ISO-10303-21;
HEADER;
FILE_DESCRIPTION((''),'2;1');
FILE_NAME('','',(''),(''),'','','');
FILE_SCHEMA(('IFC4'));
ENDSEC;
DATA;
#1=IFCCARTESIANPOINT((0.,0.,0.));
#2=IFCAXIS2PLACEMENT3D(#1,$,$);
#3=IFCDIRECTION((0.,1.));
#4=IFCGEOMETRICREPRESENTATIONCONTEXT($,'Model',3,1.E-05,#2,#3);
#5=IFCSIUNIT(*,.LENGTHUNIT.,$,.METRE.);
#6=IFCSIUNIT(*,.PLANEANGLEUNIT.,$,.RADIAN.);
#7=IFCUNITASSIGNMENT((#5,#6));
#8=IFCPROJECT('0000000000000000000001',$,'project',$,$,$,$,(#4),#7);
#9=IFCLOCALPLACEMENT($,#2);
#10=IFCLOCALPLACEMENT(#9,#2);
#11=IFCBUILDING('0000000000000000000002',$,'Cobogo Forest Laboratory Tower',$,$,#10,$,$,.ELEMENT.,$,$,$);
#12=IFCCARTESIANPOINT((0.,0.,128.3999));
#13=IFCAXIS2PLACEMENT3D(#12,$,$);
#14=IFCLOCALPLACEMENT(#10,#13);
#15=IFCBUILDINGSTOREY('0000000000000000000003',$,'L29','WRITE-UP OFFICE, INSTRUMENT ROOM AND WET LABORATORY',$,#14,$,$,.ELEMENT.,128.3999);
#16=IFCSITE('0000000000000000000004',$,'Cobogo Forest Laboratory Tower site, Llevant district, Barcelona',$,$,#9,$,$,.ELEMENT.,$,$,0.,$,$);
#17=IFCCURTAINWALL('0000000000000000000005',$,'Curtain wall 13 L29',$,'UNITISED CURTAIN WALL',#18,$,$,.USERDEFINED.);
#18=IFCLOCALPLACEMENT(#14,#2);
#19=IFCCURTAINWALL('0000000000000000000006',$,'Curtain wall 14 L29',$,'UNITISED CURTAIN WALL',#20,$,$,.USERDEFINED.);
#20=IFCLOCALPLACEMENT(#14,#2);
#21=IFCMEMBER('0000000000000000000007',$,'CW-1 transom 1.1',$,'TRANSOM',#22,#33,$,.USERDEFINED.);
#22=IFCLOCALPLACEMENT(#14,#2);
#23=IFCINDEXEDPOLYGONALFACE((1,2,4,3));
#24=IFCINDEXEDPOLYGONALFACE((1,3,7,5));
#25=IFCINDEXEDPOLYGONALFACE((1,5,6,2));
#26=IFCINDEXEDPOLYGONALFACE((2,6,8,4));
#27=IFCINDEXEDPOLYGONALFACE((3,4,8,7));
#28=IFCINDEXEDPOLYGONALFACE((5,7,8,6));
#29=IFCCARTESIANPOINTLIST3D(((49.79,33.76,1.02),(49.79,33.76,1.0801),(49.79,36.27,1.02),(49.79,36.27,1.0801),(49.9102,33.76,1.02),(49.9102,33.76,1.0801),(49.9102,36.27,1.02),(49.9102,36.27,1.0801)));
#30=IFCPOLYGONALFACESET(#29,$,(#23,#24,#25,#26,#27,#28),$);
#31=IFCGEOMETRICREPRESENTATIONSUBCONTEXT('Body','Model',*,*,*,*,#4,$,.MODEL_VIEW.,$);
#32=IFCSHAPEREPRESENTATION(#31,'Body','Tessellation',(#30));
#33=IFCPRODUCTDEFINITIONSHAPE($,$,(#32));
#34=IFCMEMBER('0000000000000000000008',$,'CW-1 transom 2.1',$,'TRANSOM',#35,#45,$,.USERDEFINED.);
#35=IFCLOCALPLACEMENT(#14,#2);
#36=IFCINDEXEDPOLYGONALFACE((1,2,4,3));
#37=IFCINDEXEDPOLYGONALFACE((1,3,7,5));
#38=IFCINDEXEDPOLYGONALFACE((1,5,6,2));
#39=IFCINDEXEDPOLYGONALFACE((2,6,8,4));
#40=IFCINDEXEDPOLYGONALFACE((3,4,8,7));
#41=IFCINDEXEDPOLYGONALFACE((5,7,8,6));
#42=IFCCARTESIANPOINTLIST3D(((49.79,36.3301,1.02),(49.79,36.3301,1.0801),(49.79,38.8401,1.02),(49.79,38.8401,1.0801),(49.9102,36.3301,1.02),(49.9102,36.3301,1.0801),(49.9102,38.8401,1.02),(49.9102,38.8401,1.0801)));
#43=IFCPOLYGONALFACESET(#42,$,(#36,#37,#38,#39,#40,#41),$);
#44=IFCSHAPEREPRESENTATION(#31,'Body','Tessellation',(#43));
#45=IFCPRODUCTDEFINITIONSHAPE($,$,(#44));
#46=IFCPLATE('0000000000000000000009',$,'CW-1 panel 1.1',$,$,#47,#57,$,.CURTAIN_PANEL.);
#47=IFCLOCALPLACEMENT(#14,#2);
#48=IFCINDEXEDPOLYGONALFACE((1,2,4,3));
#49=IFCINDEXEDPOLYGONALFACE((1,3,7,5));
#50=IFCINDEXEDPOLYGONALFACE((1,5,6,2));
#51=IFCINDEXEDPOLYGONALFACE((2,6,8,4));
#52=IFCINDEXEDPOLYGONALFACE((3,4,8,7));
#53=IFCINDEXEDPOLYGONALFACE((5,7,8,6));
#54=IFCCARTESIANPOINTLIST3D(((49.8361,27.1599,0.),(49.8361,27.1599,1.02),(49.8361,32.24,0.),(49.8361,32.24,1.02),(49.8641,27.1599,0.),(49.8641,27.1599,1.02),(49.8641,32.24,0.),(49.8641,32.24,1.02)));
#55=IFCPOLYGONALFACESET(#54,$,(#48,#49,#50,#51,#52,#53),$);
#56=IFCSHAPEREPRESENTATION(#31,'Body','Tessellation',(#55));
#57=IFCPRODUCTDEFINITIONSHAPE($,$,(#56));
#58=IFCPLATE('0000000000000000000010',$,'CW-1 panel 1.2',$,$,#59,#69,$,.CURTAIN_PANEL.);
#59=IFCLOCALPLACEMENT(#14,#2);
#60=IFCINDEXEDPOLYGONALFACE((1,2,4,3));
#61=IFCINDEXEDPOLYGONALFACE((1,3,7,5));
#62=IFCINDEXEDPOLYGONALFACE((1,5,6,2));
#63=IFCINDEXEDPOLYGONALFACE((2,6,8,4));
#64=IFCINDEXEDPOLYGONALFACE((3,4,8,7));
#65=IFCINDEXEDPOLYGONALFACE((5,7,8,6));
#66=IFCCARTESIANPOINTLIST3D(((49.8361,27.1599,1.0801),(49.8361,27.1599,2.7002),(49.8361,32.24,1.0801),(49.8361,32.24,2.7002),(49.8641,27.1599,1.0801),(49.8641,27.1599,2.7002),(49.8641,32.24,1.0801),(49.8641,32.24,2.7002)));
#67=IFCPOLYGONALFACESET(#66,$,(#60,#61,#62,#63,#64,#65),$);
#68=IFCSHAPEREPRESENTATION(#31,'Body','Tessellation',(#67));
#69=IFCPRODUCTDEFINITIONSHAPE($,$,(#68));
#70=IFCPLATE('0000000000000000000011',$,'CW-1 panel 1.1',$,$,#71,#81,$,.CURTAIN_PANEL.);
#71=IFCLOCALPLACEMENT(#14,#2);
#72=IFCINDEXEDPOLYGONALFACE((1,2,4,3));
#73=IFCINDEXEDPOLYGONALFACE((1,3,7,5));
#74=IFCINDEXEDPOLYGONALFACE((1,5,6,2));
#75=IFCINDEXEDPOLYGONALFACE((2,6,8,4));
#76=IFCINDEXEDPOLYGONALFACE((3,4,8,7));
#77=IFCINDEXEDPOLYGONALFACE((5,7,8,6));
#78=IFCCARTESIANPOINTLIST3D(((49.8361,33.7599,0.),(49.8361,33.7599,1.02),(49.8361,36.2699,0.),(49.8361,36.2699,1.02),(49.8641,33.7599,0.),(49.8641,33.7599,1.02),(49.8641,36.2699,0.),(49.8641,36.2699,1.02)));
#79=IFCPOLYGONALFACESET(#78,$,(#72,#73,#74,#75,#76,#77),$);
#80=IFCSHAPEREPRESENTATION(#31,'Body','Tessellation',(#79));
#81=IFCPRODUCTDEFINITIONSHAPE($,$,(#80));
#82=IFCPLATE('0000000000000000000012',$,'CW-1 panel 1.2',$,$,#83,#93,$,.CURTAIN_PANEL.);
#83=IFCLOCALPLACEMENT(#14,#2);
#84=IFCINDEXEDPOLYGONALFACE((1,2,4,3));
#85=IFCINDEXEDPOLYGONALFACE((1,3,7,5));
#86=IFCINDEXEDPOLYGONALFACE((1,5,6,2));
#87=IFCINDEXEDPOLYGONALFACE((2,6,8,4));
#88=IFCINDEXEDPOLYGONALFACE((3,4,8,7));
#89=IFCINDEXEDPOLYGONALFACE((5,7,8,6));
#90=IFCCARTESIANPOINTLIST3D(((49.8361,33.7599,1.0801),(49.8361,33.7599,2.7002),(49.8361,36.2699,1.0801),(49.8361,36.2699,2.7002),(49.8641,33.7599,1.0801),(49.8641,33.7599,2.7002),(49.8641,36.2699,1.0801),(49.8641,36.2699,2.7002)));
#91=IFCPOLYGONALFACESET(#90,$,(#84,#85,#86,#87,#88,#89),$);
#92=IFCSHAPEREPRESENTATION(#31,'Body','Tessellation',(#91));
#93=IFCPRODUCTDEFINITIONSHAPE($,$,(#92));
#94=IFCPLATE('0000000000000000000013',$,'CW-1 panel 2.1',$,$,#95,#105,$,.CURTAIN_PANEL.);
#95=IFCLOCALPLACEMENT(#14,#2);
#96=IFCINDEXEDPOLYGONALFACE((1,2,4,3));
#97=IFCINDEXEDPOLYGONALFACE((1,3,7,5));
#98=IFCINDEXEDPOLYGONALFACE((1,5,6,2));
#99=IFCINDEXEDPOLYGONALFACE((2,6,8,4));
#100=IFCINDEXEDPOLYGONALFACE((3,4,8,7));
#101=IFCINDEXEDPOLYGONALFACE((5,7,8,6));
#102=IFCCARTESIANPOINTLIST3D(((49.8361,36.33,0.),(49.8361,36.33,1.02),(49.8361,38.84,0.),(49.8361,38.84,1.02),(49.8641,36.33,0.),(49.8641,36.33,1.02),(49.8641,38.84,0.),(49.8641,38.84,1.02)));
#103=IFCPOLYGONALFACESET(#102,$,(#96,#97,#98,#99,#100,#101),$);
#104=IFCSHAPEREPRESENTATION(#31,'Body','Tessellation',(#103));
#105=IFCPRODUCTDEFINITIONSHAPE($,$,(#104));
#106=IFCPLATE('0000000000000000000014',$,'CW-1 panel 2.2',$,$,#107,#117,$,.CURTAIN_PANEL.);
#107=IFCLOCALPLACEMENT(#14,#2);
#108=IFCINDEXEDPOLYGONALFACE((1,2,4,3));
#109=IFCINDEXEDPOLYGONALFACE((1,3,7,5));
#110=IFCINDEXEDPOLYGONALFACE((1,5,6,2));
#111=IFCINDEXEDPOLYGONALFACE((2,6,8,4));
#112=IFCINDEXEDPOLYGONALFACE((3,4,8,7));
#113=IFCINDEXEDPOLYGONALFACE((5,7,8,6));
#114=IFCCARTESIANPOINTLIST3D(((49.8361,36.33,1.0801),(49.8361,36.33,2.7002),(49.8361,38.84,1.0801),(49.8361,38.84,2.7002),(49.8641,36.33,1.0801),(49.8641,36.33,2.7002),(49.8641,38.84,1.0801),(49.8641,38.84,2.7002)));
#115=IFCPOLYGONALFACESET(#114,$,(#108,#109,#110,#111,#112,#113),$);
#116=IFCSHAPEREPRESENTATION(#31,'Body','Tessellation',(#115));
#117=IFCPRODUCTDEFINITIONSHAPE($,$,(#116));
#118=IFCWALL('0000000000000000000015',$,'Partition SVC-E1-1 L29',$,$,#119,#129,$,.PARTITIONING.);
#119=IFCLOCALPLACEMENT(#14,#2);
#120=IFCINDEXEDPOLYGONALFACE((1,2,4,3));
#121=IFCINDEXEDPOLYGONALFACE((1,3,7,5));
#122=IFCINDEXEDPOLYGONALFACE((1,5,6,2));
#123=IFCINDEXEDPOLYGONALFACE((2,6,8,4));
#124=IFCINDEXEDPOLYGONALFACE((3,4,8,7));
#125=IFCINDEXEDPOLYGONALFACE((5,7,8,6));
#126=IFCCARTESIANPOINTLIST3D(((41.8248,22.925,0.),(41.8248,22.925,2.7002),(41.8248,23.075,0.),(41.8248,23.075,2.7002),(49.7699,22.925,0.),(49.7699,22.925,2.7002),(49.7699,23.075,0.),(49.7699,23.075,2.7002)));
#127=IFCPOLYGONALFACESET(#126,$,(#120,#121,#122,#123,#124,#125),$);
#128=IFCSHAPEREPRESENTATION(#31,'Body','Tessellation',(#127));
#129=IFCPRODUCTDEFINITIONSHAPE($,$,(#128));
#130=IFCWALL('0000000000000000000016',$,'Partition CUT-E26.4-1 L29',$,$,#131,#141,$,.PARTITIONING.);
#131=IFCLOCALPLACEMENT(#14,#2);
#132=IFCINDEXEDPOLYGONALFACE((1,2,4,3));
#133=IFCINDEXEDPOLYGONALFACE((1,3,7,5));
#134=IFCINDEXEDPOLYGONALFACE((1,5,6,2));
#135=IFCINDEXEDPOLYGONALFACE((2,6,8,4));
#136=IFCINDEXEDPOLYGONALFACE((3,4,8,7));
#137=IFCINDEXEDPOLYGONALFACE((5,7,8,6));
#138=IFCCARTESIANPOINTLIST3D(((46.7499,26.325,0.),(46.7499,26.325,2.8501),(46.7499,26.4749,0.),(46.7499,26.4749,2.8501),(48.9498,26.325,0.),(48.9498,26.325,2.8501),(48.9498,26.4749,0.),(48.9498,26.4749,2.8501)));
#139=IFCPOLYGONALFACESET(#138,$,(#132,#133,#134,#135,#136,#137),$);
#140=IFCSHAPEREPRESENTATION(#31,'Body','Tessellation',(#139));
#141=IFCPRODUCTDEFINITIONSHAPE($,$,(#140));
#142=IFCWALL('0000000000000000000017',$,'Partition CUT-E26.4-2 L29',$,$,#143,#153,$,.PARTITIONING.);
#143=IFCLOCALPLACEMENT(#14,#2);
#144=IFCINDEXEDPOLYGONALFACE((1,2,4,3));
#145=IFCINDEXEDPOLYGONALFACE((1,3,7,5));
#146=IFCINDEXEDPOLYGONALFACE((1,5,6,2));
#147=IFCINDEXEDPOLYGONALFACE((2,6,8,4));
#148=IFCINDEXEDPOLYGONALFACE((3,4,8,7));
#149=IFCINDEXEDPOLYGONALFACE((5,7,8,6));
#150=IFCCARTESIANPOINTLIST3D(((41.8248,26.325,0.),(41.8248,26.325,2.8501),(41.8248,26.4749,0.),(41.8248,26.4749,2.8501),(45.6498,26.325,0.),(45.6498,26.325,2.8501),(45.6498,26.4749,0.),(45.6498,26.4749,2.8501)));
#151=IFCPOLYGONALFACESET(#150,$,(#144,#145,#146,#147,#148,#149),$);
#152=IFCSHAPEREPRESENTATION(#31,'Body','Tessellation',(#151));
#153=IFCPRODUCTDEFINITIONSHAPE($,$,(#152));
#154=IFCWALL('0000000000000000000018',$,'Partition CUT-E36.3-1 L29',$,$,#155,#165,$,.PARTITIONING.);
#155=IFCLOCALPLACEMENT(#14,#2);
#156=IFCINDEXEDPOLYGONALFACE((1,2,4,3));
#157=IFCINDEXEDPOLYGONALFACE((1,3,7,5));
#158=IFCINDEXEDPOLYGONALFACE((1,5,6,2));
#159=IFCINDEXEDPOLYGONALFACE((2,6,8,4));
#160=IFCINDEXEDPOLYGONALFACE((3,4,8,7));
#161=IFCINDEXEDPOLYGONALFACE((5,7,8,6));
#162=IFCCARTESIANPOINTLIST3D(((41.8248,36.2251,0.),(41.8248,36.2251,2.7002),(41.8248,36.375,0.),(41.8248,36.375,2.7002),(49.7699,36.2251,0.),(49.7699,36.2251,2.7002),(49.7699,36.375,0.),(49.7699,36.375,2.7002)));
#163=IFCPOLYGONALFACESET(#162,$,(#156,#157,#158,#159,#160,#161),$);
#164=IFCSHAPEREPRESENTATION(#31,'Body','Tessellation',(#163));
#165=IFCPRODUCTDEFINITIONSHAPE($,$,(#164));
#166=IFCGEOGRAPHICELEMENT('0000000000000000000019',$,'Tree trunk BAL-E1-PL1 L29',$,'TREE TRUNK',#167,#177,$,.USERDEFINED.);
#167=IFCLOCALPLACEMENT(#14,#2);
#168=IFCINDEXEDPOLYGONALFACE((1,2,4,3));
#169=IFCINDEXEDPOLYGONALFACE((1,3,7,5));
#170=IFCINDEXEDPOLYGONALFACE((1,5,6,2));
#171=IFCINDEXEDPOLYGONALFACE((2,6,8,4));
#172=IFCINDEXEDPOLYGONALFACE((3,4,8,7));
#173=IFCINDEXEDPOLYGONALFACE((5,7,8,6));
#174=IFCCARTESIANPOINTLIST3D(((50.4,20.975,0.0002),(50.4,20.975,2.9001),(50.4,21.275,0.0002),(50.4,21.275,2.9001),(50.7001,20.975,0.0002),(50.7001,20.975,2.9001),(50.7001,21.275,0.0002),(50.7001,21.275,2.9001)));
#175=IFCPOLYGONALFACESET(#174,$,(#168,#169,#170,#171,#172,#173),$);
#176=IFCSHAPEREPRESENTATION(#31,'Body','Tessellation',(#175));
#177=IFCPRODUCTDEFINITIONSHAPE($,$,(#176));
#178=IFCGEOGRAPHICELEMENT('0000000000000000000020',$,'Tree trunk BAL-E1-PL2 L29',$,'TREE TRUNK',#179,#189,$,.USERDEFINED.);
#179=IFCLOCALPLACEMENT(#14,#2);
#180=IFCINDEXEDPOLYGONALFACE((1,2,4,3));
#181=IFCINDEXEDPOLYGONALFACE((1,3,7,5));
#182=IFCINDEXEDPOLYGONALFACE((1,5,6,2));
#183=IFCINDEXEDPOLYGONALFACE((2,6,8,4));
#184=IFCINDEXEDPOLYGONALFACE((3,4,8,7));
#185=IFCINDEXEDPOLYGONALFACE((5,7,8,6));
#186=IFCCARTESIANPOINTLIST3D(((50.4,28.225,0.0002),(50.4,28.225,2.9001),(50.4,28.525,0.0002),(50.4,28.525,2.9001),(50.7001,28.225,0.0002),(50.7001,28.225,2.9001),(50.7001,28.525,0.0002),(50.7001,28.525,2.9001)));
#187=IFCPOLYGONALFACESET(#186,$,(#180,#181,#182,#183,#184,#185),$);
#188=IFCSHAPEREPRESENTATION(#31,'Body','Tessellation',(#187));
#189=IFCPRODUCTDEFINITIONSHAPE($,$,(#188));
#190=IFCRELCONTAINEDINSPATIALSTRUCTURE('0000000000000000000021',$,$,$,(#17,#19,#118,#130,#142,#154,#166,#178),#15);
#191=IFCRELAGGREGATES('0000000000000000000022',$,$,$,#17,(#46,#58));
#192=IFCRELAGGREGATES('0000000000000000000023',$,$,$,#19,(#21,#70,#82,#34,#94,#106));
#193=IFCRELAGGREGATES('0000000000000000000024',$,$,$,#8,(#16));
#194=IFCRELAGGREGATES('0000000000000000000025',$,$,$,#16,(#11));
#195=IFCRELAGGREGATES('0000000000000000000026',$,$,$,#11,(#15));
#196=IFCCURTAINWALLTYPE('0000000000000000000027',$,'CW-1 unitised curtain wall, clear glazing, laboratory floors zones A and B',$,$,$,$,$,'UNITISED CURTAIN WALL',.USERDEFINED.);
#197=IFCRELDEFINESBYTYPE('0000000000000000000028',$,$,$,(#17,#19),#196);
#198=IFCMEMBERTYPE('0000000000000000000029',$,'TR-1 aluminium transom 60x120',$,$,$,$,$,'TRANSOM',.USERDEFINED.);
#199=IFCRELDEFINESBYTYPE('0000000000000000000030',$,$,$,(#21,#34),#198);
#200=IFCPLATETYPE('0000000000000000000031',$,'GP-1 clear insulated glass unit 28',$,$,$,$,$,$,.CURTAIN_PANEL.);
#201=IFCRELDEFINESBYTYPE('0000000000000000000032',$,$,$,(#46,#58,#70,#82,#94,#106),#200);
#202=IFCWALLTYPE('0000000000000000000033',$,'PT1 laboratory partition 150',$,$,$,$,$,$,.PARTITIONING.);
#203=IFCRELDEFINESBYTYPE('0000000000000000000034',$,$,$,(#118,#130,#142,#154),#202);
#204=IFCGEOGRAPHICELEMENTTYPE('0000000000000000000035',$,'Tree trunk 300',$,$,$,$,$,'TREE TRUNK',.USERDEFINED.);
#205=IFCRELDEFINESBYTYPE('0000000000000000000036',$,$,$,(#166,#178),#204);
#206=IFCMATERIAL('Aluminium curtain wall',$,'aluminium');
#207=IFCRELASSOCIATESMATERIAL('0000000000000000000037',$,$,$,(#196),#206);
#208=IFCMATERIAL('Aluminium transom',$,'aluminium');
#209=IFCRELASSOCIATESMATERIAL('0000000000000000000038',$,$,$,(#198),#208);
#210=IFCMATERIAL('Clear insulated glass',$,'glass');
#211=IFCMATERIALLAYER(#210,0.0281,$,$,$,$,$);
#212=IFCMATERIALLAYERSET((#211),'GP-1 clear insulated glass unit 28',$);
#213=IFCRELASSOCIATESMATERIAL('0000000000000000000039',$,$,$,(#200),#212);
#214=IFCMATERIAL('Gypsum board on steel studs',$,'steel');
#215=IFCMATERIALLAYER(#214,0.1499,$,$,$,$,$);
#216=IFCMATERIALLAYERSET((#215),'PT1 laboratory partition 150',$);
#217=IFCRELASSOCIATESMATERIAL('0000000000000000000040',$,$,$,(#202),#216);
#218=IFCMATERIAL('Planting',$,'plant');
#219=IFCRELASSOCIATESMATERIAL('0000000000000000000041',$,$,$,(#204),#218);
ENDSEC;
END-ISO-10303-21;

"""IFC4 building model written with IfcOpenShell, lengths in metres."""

from ifc_helpers import new_model, si_unit, direction, frame, frame_2d, origin, origin_2d, place, context, subcontext, project, spatial, rectangle, extrude, material, layer, layer_set, material_profile, profile_set, type_object, element, aggregate, save


model = new_model("IFC4")

# Units and contexts
model_context = context("Model", 3, precision=1e-05, world=origin(), true_north=direction((0.0, 1.0)))
body_context = subcontext(model_context, "Body", "Model", "MODEL_VIEW")
ifc_project = project(units=[si_unit("LENGTHUNIT", "METRE"), si_unit("PLANEANGLEUNIT", "RADIAN")], contexts=[model_context])

# Site, building, storey
site_placement = place(None, origin())
site = spatial("IfcSite", under=ifc_project, at=site_placement, Name="Cobogo Forest Laboratory Tower site, Llevant district, Barcelona", CompositionType="ELEMENT", RefElevation=0.0)
building_placement = place(site_placement, origin())
building = spatial("IfcBuilding", under=site, at=building_placement, Name="Cobogo Forest Laboratory Tower", CompositionType="ELEMENT")
storey_placement = place(building_placement, frame((0.0, 0.0, 128.3999)))
storey = spatial("IfcBuildingStorey", under=building, at=storey_placement, Name="L29", Description="WRITE-UP OFFICE, INSTRUMENT ROOM AND WET LABORATORY", CompositionType="ELEMENT", Elevation=128.3999)

# Curtain walls
ifc_material_1 = material(Name="Aluminium curtain wall", Category="aluminium")
curtain_wall_type = type_object("IfcCurtainWallType", Name="CW-1 unitised curtain wall, clear glazing, laboratory floors zones A and B", ElementType="UNITISED CURTAIN WALL", PredefinedType="USERDEFINED", material=ifc_material_1)
curtain_wall_1_placement = place(storey_placement, origin())
curtain_wall_1 = element("IfcCurtainWall", 1, at=curtain_wall_1_placement, inside=storey, type_object=curtain_wall_type, Name="Curtain wall 13 L29", ObjectType="UNITISED CURTAIN WALL", PredefinedType="USERDEFINED")
curtain_wall_2_placement = place(storey_placement, origin())
curtain_wall_2 = element("IfcCurtainWall", 2, at=curtain_wall_2_placement, inside=storey, type_object=curtain_wall_type, Name="Curtain wall 14 L29", ObjectType="UNITISED CURTAIN WALL", PredefinedType="USERDEFINED")

# Members
ifc_material_2 = material(Name="Aluminium transom", Category="aluminium")
ifc_material_profile_1 = material_profile(ifc_material_2, rectangle(XDim=0.1201, YDim=0.0601, at=origin_2d()), Name="AL 60x120")
ifc_profile_set_1 = profile_set([ifc_material_profile_1], Name="Aluminium transom")
member_type_1 = type_object("IfcMemberType", Name="TR-1 aluminium transom 60x120", ElementType="TRANSOM", PredefinedType="USERDEFINED", material=ifc_profile_set_1)
member_1_placement = place(storey_placement, frame((49.8501, 33.76, 1.05), z_axis=(0.0, 1.0, 0.0), x_axis=(-1.0, 0.0, 0.0)))
member_1 = element("IfcMember", 3, at=member_1_placement, type_object=member_type_1, Name="CW-1 transom 1.1", ObjectType="TRANSOM", PredefinedType="USERDEFINED", context=body_context, shape_type="SweptSolid", body=[
    extrude(rectangle(XDim=0.1201, YDim=0.0601, at=origin_2d()), origin(), (0.0, 0.0, 1.0), 2.51),
])
member_2_placement = place(storey_placement, frame((49.8501, 36.3301, 1.05), z_axis=(0.0, 1.0, 0.0), x_axis=(-1.0, 0.0, 0.0)))
member_2 = element("IfcMember", 4, at=member_2_placement, type_object=member_type_1, Name="CW-1 transom 2.1", ObjectType="TRANSOM", PredefinedType="USERDEFINED", context=body_context, shape_type="SweptSolid", body=[
    extrude(rectangle(XDim=0.1201, YDim=0.0601, at=origin_2d()), origin(), (0.0, 0.0, 1.0), 2.51),
])

# Plates
ifc_material_3 = material(Name="Clear insulated glass", Category="glass")
ifc_layer_1 = layer(ifc_material_3, 0.0281)
ifc_layer_set_1 = layer_set([ifc_layer_1], Name="GP-1 clear insulated glass unit 28")
plate_type_1 = type_object("IfcPlateType", Name="GP-1 clear insulated glass unit 28", PredefinedType="CURTAIN_PANEL", material=ifc_layer_set_1)
plate_1_placement = place(storey_placement, frame((49.8501, 29.7, 0.0), z_axis=(0.0, 0.0, 1.0), x_axis=(0.0, 1.0, 0.0)))
plate_1 = element("IfcPlate", 5, at=plate_1_placement, type_object=plate_type_1, Name="CW-1 panel 1.1", PredefinedType="CURTAIN_PANEL", context=body_context, shape_type="SweptSolid", body=[
    extrude(rectangle(XDim=5.0801, YDim=0.0281, at=origin_2d()), origin(), (0.0, 0.0, 1.0), 1.02),
])
plate_2_placement = place(storey_placement, frame((49.8501, 29.7, 1.0801), z_axis=(0.0, 0.0, 1.0), x_axis=(0.0, 1.0, 0.0)))
plate_2 = element("IfcPlate", 6, at=plate_2_placement, type_object=plate_type_1, Name="CW-1 panel 1.2", PredefinedType="CURTAIN_PANEL", context=body_context, shape_type="SweptSolid", body=[
    extrude(rectangle(XDim=5.0801, YDim=0.0281, at=origin_2d()), origin(), (0.0, 0.0, 1.0), 1.6201),
])
aggregate(curtain_wall_1, [plate_1, plate_2])
plate_3_placement = place(storey_placement, frame((49.8501, 35.0149, 0.0), z_axis=(0.0, 0.0, 1.0), x_axis=(0.0, 1.0, 0.0)))
plate_3 = element("IfcPlate", 7, at=plate_3_placement, type_object=plate_type_1, Name="CW-1 panel 1.1", PredefinedType="CURTAIN_PANEL", context=body_context, shape_type="SweptSolid", body=[
    extrude(rectangle(XDim=2.51, YDim=0.0281, at=origin_2d()), origin(), (0.0, 0.0, 1.0), 1.02),
])
plate_4_placement = place(storey_placement, frame((49.8501, 35.0149, 1.0801), z_axis=(0.0, 0.0, 1.0), x_axis=(0.0, 1.0, 0.0)))
plate_4 = element("IfcPlate", 8, at=plate_4_placement, type_object=plate_type_1, Name="CW-1 panel 1.2", PredefinedType="CURTAIN_PANEL", context=body_context, shape_type="SweptSolid", body=[
    extrude(rectangle(XDim=2.51, YDim=0.0281, at=origin_2d()), origin(), (0.0, 0.0, 1.0), 1.6201),
])
plate_5_placement = place(storey_placement, frame((49.8501, 37.585, 0.0), z_axis=(0.0, 0.0, 1.0), x_axis=(0.0, 1.0, 0.0)))
plate_5 = element("IfcPlate", 9, at=plate_5_placement, type_object=plate_type_1, Name="CW-1 panel 2.1", PredefinedType="CURTAIN_PANEL", context=body_context, shape_type="SweptSolid", body=[
    extrude(rectangle(XDim=2.51, YDim=0.0281, at=origin_2d()), origin(), (0.0, 0.0, 1.0), 1.02),
])
plate_6_placement = place(storey_placement, frame((49.8501, 37.585, 1.0801), z_axis=(0.0, 0.0, 1.0), x_axis=(0.0, 1.0, 0.0)))
plate_6 = element("IfcPlate", 10, at=plate_6_placement, type_object=plate_type_1, Name="CW-1 panel 2.2", PredefinedType="CURTAIN_PANEL", context=body_context, shape_type="SweptSolid", body=[
    extrude(rectangle(XDim=2.51, YDim=0.0281, at=origin_2d()), origin(), (0.0, 0.0, 1.0), 1.6201),
])
aggregate(curtain_wall_2, [member_1, plate_3, plate_4, member_2, plate_5, plate_6])

# Walls
ifc_material_4 = material(Name="Gypsum board on steel studs", Category="steel")
ifc_layer_2 = layer(ifc_material_4, 0.1499)
ifc_layer_set_2 = layer_set([ifc_layer_2], Name="PT1 laboratory partition 150")
wall_type_1 = type_object("IfcWallType", Name="PT1 laboratory partition 150", PredefinedType="PARTITIONING", material=ifc_layer_set_2)
wall_1_placement = place(storey_placement, frame((49.77, 23.0, 0.0), z_axis=(0.0, 0.0, 1.0), x_axis=(-1.0, 0.0, 0.0)))
element("IfcWall", 11, at=wall_1_placement, inside=storey, type_object=wall_type_1, Name="Partition SVC-E1-1 L29", PredefinedType="PARTITIONING", context=body_context, shape_type="SweptSolid", body=[
    extrude(rectangle(XDim=7.9451, YDim=0.1499, at=frame_2d((3.9727, 0.0))), origin(), (0.0, 0.0, 1.0), 2.7002),
])
wall_2_placement = place(storey_placement, frame((48.95, 26.3999, 0.0), z_axis=(0.0, 0.0, 1.0), x_axis=(-1.0, 0.0, 0.0)))
element("IfcWall", 12, at=wall_2_placement, inside=storey, type_object=wall_type_1, Name="Partition CUT-E26.4-1 L29", PredefinedType="PARTITIONING", context=body_context, shape_type="SweptSolid", body=[
    extrude(rectangle(XDim=2.2, YDim=0.1499, at=frame_2d((1.1001, 0.0))), origin(), (0.0, 0.0, 1.0), 2.8501),
])
wall_3_placement = place(storey_placement, frame((45.6499, 26.3999, 0.0), z_axis=(0.0, 0.0, 1.0), x_axis=(-1.0, 0.0, 0.0)))
element("IfcWall", 13, at=wall_3_placement, inside=storey, type_object=wall_type_1, Name="Partition CUT-E26.4-2 L29", PredefinedType="PARTITIONING", context=body_context, shape_type="SweptSolid", body=[
    extrude(rectangle(XDim=3.825, YDim=0.1499, at=frame_2d((1.9126, 0.0))), origin(), (0.0, 0.0, 1.0), 2.8501),
])
wall_4_placement = place(storey_placement, frame((49.77, 36.3, 0.0), z_axis=(0.0, 0.0, 1.0), x_axis=(-1.0, 0.0, 0.0)))
element("IfcWall", 14, at=wall_4_placement, inside=storey, type_object=wall_type_1, Name="Partition CUT-E36.3-1 L29", PredefinedType="PARTITIONING", context=body_context, shape_type="SweptSolid", body=[
    extrude(rectangle(XDim=7.9451, YDim=0.1499, at=frame_2d((3.9727, 0.0))), origin(), (0.0, 0.0, 1.0), 2.7002),
])

# Geographic elements
ifc_material_5 = material(Name="Planting", Category="plant")
geographic_element_type = type_object("IfcGeographicElementType", Name="Tree trunk 300", ElementType="TREE TRUNK", PredefinedType="USERDEFINED", material=ifc_material_5)
for number, where, z_axis, x_axis, name in (
    (15, (50.55, 21.125, 0.0002), (0.0, 0.0, 1.0), (1.0, 0.0, 0.0), "Tree trunk BAL-E1-PL1 L29"),
    (16, (50.55, 28.375, 0.0002), (0.0, 0.0, 1.0), (1.0, 0.0, 0.0), "Tree trunk BAL-E1-PL2 L29"),
):
    element("IfcGeographicElement", number, at=place(storey_placement, frame(where, z_axis=z_axis, x_axis=x_axis)), inside=storey, type_object=geographic_element_type, Name=name, ObjectType="TREE TRUNK", PredefinedType="USERDEFINED", context=body_context, shape_type="SweptSolid", body=[
        extrude(rectangle(XDim=0.3, YDim=0.3, at=origin_2d()), origin(), (0.0, 0.0, 1.0), 2.8999),
    ])

save(model, "model.ifc")
